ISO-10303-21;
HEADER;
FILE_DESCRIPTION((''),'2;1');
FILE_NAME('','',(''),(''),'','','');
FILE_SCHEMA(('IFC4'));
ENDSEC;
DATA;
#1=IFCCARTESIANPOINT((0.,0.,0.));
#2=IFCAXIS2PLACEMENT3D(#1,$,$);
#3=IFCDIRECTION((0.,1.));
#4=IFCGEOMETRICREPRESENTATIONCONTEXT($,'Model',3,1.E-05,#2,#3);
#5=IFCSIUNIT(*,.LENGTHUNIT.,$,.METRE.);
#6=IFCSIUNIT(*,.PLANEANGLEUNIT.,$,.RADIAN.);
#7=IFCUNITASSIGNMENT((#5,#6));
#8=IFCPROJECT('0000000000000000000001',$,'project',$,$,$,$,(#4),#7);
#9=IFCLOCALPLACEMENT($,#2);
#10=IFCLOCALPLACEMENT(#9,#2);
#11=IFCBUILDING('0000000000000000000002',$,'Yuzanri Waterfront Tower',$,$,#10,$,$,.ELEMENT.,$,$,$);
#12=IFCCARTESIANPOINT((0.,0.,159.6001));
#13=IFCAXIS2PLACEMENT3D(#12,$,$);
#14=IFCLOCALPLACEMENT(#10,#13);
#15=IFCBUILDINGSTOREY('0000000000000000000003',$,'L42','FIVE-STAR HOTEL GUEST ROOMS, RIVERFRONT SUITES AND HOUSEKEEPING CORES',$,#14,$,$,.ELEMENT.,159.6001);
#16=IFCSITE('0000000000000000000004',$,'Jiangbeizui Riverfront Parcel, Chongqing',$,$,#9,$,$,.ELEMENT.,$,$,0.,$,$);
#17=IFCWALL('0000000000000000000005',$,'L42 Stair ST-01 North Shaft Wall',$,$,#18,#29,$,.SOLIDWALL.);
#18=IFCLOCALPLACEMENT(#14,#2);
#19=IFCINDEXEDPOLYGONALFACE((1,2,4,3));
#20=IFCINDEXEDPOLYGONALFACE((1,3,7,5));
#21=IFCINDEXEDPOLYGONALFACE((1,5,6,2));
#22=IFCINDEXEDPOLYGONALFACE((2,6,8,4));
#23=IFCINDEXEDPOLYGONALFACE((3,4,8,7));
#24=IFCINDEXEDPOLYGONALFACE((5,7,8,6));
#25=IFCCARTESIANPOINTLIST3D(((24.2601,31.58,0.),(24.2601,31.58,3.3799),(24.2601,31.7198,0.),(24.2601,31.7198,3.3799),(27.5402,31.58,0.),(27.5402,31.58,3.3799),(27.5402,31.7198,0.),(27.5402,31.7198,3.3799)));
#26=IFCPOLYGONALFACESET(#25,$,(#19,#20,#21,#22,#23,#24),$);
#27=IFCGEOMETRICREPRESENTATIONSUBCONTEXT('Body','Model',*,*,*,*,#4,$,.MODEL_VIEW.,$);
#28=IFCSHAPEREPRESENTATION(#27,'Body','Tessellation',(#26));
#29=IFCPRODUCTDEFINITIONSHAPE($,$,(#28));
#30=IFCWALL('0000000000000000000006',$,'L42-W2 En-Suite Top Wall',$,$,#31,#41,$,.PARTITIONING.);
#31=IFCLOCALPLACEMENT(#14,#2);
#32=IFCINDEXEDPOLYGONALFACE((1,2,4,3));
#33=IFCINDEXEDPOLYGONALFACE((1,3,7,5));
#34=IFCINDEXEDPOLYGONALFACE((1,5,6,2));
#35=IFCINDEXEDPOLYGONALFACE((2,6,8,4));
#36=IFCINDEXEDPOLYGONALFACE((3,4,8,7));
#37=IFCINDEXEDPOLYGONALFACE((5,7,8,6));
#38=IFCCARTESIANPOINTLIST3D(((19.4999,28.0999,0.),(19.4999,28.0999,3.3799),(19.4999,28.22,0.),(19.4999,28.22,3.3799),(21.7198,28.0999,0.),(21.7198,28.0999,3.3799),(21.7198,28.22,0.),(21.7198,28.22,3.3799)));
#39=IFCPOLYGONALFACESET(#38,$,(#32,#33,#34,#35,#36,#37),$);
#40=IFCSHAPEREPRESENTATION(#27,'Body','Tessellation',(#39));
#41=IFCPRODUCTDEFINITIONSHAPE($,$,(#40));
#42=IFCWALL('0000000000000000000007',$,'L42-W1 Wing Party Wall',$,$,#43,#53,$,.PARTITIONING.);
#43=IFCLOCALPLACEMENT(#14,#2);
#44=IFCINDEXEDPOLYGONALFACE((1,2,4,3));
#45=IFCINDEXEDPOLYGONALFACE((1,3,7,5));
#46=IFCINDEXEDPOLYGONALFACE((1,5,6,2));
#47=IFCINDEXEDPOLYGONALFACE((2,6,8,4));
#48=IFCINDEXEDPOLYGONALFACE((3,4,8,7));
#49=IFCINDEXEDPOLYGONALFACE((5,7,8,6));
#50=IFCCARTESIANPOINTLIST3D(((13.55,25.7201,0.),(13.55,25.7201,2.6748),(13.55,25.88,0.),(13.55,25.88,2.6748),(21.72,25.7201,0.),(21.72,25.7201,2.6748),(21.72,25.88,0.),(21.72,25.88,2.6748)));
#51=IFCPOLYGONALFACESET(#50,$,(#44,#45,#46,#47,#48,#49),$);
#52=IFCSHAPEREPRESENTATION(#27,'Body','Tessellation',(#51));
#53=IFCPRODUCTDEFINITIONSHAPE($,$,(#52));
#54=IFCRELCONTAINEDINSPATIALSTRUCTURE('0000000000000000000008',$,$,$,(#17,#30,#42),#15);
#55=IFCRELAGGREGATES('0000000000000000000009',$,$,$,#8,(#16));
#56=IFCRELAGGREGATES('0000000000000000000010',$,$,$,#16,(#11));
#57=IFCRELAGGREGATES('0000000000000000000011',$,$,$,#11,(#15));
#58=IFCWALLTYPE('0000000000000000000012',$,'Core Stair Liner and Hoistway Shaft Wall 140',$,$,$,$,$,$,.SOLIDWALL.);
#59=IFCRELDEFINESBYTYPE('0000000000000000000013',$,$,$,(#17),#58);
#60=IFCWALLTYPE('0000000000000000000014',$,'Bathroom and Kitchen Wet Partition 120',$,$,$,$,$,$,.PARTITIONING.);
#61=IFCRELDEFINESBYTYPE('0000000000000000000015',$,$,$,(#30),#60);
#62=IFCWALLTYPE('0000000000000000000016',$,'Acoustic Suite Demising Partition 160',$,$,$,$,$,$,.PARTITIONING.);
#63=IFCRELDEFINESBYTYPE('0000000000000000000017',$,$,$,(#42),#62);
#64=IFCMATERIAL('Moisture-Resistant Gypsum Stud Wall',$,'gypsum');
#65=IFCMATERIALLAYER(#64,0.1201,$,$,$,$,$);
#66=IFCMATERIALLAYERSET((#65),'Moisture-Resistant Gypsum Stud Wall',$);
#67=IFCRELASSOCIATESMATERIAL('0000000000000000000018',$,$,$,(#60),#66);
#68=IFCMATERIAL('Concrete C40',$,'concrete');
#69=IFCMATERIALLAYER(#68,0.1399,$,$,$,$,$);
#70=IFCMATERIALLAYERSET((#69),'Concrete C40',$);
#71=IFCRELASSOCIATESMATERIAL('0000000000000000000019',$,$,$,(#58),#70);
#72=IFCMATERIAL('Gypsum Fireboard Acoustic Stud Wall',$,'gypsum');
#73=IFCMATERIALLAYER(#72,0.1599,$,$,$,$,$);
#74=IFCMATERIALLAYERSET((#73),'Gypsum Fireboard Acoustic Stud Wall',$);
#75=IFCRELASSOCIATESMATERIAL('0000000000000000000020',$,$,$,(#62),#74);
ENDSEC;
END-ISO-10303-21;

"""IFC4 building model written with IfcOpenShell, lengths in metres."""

from ifc_helpers import new_model, si_unit, direction, frame, frame_2d, origin, place, context, subcontext, project, spatial, rectangle, extrude, source, transform, mapped, material, layer, layer_set, type_object, element, save


model = new_model("IFC4")

# Units and contexts
model_context = context("Model", 3, precision=1e-05, world=origin(), true_north=direction((0.0, 1.0)))
body_context = subcontext(model_context, "Body", "Model", "MODEL_VIEW")
ifc_project = project(units=[si_unit("LENGTHUNIT", "METRE"), si_unit("PLANEANGLEUNIT", "RADIAN")], contexts=[model_context])

# Site, building, storey
site_placement = place(None, origin())
site = spatial("IfcSite", under=ifc_project, at=site_placement, Name="Jiangbeizui Riverfront Parcel, Chongqing", CompositionType="ELEMENT", RefElevation=0.0)
building_placement = place(site_placement, origin())
building = spatial("IfcBuilding", under=site, at=building_placement, Name="Yuzanri Waterfront Tower", CompositionType="ELEMENT")
storey_placement = place(building_placement, frame((0.0, 0.0, 159.6001)))
storey = spatial("IfcBuildingStorey", under=building, at=storey_placement, Name="L42", Description="FIVE-STAR HOTEL GUEST ROOMS, RIVERFRONT SUITES AND HOUSEKEEPING CORES", CompositionType="ELEMENT", Elevation=159.6001)

# Shared definitions
ifc_material_1 = material(Name="Moisture-Resistant Gypsum Stud Wall", Category="gypsum")
ifc_layer_1 = layer(ifc_material_1, 0.1201)
ifc_layer_set_1 = layer_set([ifc_layer_1], Name="Moisture-Resistant Gypsum Stud Wall")
wall_type_1 = type_object("IfcWallType", Name="Bathroom and Kitchen Wet Partition 120", PredefinedType="PARTITIONING", material=ifc_layer_set_1)

# Walls
ifc_material_2 = material(Name="Concrete C40", Category="concrete")
ifc_layer_2 = layer(ifc_material_2, 0.1399)
ifc_layer_set_2 = layer_set([ifc_layer_2], Name="Concrete C40")
wall_type_2 = type_object("IfcWallType", Name="Core Stair Liner and Hoistway Shaft Wall 140", PredefinedType="SOLIDWALL", material=ifc_layer_set_2)
shared_shape_1 = source(origin(), body_context, "Body", "SweptSolid", [
    extrude(rectangle(XDim=3.28, YDim=0.1399, at=frame_2d((1.6401, 0.0))), origin(), (0.0, 0.0, 1.0), 3.3799),
])
wall_1_placement = place(storey_placement, frame((24.26, 31.6499, 0.0), z_axis=(0.0, 0.0, 1.0), x_axis=(1.0, 0.0, 0.0)))
element("IfcWall", 1, at=wall_1_placement, inside=storey, type_object=wall_type_2, Name="L42 Stair ST-01 North Shaft Wall", PredefinedType="SOLIDWALL", context=body_context, shape_type="MappedRepresentation", body=[
    mapped(shared_shape_1, transform((0.0, 0.0, 0.0), scale=1.0)),
])
shared_shape_2 = source(origin(), body_context, "Body", "SweptSolid", [
    extrude(rectangle(XDim=2.22, YDim=0.1201, at=frame_2d((1.1099, 0.0))), origin(), (0.0, 0.0, 1.0), 3.3799),
])
wall_2_placement = place(storey_placement, frame((19.5, 28.1599, 0.0), z_axis=(0.0, 0.0, 1.0), x_axis=(1.0, 0.0, 0.0)))
element("IfcWall", 2, at=wall_2_placement, inside=storey, type_object=wall_type_1, Name="L42-W2 En-Suite Top Wall", PredefinedType="PARTITIONING", context=body_context, shape_type="MappedRepresentation", body=[
    mapped(shared_shape_2, transform((0.0, 0.0, 0.0), scale=1.0)),
])
ifc_material_3 = material(Name="Gypsum Fireboard Acoustic Stud Wall", Category="gypsum")
ifc_layer_3 = layer(ifc_material_3, 0.1599)
ifc_layer_set_3 = layer_set([ifc_layer_3], Name="Gypsum Fireboard Acoustic Stud Wall")
wall_type_3 = type_object("IfcWallType", Name="Acoustic Suite Demising Partition 160", PredefinedType="PARTITIONING", material=ifc_layer_set_3)
shared_shape_3 = source(origin(), body_context, "Body", "SweptSolid", [
    extrude(rectangle(XDim=8.1699, YDim=0.1599, at=frame_2d((4.085, 0.0))), origin(), (0.0, 0.0, 1.0), 2.6748),
])
wall_3_placement = place(storey_placement, frame((13.55, 25.8, 0.0), z_axis=(0.0, 0.0, 1.0), x_axis=(1.0, 0.0, 0.0)))
element("IfcWall", 3, at=wall_3_placement, inside=storey, type_object=wall_type_3, Name="L42-W1 Wing Party Wall", PredefinedType="PARTITIONING", context=body_context, shape_type="MappedRepresentation", body=[
    mapped(shared_shape_3, transform((0.0, 0.0, 0.0), scale=1.0)),
])

save(model, "model.ifc")
